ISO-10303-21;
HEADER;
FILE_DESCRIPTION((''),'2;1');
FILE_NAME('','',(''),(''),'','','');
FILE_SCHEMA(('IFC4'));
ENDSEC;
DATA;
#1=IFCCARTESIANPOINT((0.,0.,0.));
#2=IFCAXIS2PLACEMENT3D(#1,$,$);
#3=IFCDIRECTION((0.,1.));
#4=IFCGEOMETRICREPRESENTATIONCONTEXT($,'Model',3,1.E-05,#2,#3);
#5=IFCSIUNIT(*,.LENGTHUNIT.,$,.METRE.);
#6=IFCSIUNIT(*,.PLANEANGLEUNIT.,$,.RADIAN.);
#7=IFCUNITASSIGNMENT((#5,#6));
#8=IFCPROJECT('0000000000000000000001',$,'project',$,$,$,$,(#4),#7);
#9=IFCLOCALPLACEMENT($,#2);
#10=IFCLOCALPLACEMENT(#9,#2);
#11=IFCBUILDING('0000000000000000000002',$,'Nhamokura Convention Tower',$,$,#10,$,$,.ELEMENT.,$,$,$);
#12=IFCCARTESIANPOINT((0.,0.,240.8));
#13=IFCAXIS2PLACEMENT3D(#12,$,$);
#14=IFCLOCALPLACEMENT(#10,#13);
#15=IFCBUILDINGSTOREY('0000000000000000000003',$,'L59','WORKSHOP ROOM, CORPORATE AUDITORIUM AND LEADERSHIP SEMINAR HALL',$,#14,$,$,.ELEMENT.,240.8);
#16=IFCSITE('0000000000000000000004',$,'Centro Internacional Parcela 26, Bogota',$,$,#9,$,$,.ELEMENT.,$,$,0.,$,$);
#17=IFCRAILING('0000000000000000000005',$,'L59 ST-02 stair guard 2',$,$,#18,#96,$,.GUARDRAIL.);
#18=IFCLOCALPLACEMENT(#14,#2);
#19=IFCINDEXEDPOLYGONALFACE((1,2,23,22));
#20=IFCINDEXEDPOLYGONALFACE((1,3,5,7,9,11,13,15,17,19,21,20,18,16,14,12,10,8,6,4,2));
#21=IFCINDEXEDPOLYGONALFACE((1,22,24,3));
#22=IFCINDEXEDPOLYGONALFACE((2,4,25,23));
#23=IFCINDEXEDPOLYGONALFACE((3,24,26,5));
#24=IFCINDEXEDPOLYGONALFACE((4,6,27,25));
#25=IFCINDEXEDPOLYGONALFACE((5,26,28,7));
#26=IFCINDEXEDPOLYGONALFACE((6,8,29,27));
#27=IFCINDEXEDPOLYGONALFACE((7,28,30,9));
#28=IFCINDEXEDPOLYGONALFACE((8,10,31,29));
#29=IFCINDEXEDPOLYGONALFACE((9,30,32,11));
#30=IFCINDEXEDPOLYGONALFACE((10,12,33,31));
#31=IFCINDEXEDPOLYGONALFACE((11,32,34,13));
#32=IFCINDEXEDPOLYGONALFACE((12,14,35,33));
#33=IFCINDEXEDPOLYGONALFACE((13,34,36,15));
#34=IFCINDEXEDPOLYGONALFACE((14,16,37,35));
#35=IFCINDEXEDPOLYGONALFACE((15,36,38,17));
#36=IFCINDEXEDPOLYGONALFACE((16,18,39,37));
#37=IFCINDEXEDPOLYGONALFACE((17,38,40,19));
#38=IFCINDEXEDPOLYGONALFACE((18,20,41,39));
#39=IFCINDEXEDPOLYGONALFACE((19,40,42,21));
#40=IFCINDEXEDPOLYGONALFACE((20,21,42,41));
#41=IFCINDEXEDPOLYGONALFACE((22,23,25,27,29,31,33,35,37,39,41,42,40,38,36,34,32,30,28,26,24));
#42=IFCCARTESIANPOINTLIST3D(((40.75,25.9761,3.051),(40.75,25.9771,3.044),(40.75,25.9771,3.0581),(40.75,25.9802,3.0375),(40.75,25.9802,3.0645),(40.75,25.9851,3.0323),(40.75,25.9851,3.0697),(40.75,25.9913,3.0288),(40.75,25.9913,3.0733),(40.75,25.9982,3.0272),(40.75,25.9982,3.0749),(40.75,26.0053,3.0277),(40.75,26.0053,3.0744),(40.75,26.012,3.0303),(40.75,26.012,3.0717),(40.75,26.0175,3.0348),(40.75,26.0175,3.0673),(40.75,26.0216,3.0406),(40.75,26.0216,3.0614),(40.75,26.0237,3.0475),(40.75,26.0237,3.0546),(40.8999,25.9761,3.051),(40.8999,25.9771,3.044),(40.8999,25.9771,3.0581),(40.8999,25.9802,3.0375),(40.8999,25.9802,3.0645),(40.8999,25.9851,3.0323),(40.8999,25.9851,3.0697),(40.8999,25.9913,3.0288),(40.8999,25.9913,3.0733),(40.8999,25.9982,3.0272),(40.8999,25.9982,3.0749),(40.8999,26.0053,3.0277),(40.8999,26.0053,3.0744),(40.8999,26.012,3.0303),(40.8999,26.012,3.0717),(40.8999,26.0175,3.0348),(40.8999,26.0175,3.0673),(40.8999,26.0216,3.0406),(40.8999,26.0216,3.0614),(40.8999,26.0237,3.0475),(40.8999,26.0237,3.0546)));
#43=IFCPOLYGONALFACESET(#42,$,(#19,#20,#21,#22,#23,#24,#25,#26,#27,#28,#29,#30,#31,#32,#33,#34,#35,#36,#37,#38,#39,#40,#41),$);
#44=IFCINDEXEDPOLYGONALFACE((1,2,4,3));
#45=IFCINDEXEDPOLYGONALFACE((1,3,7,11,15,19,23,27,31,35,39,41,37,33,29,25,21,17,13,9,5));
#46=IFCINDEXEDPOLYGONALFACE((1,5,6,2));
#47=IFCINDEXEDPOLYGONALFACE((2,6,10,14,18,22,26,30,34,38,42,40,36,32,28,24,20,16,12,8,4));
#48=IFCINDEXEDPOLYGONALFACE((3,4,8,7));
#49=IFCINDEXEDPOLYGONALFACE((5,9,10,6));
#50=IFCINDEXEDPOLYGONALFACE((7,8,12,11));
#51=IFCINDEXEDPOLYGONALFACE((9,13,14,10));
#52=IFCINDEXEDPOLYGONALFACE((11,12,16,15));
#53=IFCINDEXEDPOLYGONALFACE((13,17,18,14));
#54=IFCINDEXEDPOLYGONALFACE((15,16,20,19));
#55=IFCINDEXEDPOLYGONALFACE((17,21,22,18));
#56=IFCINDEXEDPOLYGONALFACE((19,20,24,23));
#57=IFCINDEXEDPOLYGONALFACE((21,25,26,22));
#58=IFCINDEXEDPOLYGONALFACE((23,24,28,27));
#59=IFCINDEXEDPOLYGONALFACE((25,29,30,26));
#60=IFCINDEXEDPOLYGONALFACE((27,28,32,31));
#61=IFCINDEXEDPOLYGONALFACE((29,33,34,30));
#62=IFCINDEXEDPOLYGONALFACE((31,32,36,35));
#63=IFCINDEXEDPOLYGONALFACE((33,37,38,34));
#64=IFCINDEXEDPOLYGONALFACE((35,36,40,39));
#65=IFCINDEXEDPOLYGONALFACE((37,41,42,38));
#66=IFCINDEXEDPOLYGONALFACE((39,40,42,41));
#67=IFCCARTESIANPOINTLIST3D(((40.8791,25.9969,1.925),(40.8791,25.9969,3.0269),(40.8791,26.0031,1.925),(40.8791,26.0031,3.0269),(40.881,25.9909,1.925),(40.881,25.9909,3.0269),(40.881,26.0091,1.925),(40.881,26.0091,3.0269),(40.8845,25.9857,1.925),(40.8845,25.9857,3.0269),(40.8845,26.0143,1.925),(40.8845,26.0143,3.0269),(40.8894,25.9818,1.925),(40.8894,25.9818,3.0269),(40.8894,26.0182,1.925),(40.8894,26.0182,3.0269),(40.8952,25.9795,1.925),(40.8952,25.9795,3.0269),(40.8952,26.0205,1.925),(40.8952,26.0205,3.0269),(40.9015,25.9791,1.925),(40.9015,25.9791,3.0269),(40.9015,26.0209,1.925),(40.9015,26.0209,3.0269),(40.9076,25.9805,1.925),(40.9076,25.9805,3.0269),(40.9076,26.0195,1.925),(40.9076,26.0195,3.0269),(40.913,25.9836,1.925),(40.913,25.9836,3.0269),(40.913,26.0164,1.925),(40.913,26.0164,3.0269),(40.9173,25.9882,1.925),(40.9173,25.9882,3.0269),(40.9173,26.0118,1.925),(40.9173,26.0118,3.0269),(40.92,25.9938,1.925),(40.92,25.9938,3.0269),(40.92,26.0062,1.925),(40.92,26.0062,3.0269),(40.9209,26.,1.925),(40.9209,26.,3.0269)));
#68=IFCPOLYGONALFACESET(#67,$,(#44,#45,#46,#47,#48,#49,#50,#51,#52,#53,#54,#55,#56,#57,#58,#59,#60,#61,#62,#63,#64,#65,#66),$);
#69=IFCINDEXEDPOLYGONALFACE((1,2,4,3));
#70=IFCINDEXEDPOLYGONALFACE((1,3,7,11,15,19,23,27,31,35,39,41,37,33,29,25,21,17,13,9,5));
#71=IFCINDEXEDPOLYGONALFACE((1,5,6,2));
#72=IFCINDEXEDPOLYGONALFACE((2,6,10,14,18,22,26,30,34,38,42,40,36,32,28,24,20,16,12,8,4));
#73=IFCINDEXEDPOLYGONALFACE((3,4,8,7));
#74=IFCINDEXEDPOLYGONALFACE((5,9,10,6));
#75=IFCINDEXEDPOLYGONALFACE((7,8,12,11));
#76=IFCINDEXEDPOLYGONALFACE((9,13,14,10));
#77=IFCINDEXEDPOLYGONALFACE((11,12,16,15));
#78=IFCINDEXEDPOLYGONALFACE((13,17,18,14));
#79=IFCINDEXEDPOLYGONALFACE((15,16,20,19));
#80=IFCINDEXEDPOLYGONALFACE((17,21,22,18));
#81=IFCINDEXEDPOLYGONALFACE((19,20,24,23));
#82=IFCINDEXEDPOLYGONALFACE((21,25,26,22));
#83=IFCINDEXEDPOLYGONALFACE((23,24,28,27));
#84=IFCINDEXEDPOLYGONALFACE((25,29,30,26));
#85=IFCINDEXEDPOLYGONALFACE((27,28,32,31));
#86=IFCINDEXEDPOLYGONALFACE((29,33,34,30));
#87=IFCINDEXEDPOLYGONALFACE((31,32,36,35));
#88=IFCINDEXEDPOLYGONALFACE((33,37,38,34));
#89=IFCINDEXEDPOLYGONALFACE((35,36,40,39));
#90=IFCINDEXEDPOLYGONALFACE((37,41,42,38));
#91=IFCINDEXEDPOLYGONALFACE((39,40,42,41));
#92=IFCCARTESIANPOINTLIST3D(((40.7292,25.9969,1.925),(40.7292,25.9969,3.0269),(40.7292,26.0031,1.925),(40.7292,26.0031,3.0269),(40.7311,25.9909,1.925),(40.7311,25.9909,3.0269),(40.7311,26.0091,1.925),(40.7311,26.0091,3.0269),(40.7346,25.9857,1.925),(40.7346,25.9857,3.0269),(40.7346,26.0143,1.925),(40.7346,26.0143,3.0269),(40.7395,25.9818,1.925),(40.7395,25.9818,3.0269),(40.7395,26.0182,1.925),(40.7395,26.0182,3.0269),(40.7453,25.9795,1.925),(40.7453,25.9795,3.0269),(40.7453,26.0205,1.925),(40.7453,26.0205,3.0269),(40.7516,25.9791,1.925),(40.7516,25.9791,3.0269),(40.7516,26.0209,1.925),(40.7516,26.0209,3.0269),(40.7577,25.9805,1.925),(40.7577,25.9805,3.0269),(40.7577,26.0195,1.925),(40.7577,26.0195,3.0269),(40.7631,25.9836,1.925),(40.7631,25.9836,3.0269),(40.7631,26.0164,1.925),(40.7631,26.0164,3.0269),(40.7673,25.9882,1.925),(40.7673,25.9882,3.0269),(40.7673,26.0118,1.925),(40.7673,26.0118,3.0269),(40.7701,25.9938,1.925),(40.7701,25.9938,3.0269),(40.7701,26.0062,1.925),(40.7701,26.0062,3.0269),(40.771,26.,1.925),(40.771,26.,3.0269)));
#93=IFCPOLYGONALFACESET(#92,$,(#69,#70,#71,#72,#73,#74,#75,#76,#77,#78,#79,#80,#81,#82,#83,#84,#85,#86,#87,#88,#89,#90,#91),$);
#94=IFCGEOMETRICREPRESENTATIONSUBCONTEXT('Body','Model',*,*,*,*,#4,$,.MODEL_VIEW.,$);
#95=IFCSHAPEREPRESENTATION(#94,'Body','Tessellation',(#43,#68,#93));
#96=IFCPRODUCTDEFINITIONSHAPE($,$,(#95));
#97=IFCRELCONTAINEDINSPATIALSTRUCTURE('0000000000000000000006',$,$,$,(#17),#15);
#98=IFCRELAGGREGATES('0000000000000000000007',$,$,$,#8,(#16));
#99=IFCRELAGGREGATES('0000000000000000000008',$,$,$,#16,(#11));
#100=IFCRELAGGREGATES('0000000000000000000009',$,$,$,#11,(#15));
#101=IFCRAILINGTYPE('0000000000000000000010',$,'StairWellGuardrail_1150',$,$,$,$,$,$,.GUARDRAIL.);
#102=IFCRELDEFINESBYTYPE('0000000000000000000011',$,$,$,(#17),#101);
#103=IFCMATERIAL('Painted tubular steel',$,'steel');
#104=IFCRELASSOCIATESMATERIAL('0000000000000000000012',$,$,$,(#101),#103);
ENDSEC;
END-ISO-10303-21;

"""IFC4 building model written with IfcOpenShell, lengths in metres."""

from ifc_helpers import new_model, si_unit, direction, frame, origin, origin_2d, place, context, subcontext, project, spatial, circle, extrude, material, type_object, element, save


model = new_model("IFC4")

# Units and contexts
model_context = context("Model", 3, precision=1e-05, world=origin(), true_north=direction((0.0, 1.0)))
body_context = subcontext(model_context, "Body", "Model", "MODEL_VIEW")
ifc_project = project(units=[si_unit("LENGTHUNIT", "METRE"), si_unit("PLANEANGLEUNIT", "RADIAN")], contexts=[model_context])

# Site, building, storey
site_placement = place(None, origin())
site = spatial("IfcSite", under=ifc_project, at=site_placement, Name="Centro Internacional Parcela 26, Bogota", CompositionType="ELEMENT", RefElevation=0.0)
building_placement = place(site_placement, origin())
building = spatial("IfcBuilding", under=site, at=building_placement, Name="Nhamokura Convention Tower", CompositionType="ELEMENT")
storey_placement = place(building_placement, frame((0.0, 0.0, 240.8)))
storey = spatial("IfcBuildingStorey", under=building, at=storey_placement, Name="L59", Description="WORKSHOP ROOM, CORPORATE AUDITORIUM AND LEADERSHIP SEMINAR HALL", CompositionType="ELEMENT", Elevation=240.8)

# Railing
ifc_material_1 = material(Name="Painted tubular steel", Category="steel")
railing_type_1 = type_object("IfcRailingType", Name="StairWellGuardrail_1150", PredefinedType="GUARDRAIL", material=ifc_material_1)
railing_1_placement = place(storey_placement, frame((40.8999, 26.0, 1.925)))
element("IfcRailing", 1, at=railing_1_placement, inside=storey, type_object=railing_type_1, Name="L59 ST-02 stair guard 2", PredefinedType="GUARDRAIL", context=body_context, shape_type="SweptSolid", body=[
    extrude(circle(Radius=0.0239, at=origin_2d()), frame((0.0, 0.0, 1.126), z_axis=(-1.0, 0.0, 0.0), x_axis=(0.0, -1.0, 0.0)), (0.0, 0.0, 1.0), 0.1499),
    extrude(circle(Radius=0.021, at=origin_2d()), origin(), (0.0, 0.0, 1.0), 1.1018),
    extrude(circle(Radius=0.021, at=origin_2d()), frame((-0.1499, 0.0, 0.0)), (0.0, 0.0, 1.0), 1.1018),
])

save(model, "model.ifc")
